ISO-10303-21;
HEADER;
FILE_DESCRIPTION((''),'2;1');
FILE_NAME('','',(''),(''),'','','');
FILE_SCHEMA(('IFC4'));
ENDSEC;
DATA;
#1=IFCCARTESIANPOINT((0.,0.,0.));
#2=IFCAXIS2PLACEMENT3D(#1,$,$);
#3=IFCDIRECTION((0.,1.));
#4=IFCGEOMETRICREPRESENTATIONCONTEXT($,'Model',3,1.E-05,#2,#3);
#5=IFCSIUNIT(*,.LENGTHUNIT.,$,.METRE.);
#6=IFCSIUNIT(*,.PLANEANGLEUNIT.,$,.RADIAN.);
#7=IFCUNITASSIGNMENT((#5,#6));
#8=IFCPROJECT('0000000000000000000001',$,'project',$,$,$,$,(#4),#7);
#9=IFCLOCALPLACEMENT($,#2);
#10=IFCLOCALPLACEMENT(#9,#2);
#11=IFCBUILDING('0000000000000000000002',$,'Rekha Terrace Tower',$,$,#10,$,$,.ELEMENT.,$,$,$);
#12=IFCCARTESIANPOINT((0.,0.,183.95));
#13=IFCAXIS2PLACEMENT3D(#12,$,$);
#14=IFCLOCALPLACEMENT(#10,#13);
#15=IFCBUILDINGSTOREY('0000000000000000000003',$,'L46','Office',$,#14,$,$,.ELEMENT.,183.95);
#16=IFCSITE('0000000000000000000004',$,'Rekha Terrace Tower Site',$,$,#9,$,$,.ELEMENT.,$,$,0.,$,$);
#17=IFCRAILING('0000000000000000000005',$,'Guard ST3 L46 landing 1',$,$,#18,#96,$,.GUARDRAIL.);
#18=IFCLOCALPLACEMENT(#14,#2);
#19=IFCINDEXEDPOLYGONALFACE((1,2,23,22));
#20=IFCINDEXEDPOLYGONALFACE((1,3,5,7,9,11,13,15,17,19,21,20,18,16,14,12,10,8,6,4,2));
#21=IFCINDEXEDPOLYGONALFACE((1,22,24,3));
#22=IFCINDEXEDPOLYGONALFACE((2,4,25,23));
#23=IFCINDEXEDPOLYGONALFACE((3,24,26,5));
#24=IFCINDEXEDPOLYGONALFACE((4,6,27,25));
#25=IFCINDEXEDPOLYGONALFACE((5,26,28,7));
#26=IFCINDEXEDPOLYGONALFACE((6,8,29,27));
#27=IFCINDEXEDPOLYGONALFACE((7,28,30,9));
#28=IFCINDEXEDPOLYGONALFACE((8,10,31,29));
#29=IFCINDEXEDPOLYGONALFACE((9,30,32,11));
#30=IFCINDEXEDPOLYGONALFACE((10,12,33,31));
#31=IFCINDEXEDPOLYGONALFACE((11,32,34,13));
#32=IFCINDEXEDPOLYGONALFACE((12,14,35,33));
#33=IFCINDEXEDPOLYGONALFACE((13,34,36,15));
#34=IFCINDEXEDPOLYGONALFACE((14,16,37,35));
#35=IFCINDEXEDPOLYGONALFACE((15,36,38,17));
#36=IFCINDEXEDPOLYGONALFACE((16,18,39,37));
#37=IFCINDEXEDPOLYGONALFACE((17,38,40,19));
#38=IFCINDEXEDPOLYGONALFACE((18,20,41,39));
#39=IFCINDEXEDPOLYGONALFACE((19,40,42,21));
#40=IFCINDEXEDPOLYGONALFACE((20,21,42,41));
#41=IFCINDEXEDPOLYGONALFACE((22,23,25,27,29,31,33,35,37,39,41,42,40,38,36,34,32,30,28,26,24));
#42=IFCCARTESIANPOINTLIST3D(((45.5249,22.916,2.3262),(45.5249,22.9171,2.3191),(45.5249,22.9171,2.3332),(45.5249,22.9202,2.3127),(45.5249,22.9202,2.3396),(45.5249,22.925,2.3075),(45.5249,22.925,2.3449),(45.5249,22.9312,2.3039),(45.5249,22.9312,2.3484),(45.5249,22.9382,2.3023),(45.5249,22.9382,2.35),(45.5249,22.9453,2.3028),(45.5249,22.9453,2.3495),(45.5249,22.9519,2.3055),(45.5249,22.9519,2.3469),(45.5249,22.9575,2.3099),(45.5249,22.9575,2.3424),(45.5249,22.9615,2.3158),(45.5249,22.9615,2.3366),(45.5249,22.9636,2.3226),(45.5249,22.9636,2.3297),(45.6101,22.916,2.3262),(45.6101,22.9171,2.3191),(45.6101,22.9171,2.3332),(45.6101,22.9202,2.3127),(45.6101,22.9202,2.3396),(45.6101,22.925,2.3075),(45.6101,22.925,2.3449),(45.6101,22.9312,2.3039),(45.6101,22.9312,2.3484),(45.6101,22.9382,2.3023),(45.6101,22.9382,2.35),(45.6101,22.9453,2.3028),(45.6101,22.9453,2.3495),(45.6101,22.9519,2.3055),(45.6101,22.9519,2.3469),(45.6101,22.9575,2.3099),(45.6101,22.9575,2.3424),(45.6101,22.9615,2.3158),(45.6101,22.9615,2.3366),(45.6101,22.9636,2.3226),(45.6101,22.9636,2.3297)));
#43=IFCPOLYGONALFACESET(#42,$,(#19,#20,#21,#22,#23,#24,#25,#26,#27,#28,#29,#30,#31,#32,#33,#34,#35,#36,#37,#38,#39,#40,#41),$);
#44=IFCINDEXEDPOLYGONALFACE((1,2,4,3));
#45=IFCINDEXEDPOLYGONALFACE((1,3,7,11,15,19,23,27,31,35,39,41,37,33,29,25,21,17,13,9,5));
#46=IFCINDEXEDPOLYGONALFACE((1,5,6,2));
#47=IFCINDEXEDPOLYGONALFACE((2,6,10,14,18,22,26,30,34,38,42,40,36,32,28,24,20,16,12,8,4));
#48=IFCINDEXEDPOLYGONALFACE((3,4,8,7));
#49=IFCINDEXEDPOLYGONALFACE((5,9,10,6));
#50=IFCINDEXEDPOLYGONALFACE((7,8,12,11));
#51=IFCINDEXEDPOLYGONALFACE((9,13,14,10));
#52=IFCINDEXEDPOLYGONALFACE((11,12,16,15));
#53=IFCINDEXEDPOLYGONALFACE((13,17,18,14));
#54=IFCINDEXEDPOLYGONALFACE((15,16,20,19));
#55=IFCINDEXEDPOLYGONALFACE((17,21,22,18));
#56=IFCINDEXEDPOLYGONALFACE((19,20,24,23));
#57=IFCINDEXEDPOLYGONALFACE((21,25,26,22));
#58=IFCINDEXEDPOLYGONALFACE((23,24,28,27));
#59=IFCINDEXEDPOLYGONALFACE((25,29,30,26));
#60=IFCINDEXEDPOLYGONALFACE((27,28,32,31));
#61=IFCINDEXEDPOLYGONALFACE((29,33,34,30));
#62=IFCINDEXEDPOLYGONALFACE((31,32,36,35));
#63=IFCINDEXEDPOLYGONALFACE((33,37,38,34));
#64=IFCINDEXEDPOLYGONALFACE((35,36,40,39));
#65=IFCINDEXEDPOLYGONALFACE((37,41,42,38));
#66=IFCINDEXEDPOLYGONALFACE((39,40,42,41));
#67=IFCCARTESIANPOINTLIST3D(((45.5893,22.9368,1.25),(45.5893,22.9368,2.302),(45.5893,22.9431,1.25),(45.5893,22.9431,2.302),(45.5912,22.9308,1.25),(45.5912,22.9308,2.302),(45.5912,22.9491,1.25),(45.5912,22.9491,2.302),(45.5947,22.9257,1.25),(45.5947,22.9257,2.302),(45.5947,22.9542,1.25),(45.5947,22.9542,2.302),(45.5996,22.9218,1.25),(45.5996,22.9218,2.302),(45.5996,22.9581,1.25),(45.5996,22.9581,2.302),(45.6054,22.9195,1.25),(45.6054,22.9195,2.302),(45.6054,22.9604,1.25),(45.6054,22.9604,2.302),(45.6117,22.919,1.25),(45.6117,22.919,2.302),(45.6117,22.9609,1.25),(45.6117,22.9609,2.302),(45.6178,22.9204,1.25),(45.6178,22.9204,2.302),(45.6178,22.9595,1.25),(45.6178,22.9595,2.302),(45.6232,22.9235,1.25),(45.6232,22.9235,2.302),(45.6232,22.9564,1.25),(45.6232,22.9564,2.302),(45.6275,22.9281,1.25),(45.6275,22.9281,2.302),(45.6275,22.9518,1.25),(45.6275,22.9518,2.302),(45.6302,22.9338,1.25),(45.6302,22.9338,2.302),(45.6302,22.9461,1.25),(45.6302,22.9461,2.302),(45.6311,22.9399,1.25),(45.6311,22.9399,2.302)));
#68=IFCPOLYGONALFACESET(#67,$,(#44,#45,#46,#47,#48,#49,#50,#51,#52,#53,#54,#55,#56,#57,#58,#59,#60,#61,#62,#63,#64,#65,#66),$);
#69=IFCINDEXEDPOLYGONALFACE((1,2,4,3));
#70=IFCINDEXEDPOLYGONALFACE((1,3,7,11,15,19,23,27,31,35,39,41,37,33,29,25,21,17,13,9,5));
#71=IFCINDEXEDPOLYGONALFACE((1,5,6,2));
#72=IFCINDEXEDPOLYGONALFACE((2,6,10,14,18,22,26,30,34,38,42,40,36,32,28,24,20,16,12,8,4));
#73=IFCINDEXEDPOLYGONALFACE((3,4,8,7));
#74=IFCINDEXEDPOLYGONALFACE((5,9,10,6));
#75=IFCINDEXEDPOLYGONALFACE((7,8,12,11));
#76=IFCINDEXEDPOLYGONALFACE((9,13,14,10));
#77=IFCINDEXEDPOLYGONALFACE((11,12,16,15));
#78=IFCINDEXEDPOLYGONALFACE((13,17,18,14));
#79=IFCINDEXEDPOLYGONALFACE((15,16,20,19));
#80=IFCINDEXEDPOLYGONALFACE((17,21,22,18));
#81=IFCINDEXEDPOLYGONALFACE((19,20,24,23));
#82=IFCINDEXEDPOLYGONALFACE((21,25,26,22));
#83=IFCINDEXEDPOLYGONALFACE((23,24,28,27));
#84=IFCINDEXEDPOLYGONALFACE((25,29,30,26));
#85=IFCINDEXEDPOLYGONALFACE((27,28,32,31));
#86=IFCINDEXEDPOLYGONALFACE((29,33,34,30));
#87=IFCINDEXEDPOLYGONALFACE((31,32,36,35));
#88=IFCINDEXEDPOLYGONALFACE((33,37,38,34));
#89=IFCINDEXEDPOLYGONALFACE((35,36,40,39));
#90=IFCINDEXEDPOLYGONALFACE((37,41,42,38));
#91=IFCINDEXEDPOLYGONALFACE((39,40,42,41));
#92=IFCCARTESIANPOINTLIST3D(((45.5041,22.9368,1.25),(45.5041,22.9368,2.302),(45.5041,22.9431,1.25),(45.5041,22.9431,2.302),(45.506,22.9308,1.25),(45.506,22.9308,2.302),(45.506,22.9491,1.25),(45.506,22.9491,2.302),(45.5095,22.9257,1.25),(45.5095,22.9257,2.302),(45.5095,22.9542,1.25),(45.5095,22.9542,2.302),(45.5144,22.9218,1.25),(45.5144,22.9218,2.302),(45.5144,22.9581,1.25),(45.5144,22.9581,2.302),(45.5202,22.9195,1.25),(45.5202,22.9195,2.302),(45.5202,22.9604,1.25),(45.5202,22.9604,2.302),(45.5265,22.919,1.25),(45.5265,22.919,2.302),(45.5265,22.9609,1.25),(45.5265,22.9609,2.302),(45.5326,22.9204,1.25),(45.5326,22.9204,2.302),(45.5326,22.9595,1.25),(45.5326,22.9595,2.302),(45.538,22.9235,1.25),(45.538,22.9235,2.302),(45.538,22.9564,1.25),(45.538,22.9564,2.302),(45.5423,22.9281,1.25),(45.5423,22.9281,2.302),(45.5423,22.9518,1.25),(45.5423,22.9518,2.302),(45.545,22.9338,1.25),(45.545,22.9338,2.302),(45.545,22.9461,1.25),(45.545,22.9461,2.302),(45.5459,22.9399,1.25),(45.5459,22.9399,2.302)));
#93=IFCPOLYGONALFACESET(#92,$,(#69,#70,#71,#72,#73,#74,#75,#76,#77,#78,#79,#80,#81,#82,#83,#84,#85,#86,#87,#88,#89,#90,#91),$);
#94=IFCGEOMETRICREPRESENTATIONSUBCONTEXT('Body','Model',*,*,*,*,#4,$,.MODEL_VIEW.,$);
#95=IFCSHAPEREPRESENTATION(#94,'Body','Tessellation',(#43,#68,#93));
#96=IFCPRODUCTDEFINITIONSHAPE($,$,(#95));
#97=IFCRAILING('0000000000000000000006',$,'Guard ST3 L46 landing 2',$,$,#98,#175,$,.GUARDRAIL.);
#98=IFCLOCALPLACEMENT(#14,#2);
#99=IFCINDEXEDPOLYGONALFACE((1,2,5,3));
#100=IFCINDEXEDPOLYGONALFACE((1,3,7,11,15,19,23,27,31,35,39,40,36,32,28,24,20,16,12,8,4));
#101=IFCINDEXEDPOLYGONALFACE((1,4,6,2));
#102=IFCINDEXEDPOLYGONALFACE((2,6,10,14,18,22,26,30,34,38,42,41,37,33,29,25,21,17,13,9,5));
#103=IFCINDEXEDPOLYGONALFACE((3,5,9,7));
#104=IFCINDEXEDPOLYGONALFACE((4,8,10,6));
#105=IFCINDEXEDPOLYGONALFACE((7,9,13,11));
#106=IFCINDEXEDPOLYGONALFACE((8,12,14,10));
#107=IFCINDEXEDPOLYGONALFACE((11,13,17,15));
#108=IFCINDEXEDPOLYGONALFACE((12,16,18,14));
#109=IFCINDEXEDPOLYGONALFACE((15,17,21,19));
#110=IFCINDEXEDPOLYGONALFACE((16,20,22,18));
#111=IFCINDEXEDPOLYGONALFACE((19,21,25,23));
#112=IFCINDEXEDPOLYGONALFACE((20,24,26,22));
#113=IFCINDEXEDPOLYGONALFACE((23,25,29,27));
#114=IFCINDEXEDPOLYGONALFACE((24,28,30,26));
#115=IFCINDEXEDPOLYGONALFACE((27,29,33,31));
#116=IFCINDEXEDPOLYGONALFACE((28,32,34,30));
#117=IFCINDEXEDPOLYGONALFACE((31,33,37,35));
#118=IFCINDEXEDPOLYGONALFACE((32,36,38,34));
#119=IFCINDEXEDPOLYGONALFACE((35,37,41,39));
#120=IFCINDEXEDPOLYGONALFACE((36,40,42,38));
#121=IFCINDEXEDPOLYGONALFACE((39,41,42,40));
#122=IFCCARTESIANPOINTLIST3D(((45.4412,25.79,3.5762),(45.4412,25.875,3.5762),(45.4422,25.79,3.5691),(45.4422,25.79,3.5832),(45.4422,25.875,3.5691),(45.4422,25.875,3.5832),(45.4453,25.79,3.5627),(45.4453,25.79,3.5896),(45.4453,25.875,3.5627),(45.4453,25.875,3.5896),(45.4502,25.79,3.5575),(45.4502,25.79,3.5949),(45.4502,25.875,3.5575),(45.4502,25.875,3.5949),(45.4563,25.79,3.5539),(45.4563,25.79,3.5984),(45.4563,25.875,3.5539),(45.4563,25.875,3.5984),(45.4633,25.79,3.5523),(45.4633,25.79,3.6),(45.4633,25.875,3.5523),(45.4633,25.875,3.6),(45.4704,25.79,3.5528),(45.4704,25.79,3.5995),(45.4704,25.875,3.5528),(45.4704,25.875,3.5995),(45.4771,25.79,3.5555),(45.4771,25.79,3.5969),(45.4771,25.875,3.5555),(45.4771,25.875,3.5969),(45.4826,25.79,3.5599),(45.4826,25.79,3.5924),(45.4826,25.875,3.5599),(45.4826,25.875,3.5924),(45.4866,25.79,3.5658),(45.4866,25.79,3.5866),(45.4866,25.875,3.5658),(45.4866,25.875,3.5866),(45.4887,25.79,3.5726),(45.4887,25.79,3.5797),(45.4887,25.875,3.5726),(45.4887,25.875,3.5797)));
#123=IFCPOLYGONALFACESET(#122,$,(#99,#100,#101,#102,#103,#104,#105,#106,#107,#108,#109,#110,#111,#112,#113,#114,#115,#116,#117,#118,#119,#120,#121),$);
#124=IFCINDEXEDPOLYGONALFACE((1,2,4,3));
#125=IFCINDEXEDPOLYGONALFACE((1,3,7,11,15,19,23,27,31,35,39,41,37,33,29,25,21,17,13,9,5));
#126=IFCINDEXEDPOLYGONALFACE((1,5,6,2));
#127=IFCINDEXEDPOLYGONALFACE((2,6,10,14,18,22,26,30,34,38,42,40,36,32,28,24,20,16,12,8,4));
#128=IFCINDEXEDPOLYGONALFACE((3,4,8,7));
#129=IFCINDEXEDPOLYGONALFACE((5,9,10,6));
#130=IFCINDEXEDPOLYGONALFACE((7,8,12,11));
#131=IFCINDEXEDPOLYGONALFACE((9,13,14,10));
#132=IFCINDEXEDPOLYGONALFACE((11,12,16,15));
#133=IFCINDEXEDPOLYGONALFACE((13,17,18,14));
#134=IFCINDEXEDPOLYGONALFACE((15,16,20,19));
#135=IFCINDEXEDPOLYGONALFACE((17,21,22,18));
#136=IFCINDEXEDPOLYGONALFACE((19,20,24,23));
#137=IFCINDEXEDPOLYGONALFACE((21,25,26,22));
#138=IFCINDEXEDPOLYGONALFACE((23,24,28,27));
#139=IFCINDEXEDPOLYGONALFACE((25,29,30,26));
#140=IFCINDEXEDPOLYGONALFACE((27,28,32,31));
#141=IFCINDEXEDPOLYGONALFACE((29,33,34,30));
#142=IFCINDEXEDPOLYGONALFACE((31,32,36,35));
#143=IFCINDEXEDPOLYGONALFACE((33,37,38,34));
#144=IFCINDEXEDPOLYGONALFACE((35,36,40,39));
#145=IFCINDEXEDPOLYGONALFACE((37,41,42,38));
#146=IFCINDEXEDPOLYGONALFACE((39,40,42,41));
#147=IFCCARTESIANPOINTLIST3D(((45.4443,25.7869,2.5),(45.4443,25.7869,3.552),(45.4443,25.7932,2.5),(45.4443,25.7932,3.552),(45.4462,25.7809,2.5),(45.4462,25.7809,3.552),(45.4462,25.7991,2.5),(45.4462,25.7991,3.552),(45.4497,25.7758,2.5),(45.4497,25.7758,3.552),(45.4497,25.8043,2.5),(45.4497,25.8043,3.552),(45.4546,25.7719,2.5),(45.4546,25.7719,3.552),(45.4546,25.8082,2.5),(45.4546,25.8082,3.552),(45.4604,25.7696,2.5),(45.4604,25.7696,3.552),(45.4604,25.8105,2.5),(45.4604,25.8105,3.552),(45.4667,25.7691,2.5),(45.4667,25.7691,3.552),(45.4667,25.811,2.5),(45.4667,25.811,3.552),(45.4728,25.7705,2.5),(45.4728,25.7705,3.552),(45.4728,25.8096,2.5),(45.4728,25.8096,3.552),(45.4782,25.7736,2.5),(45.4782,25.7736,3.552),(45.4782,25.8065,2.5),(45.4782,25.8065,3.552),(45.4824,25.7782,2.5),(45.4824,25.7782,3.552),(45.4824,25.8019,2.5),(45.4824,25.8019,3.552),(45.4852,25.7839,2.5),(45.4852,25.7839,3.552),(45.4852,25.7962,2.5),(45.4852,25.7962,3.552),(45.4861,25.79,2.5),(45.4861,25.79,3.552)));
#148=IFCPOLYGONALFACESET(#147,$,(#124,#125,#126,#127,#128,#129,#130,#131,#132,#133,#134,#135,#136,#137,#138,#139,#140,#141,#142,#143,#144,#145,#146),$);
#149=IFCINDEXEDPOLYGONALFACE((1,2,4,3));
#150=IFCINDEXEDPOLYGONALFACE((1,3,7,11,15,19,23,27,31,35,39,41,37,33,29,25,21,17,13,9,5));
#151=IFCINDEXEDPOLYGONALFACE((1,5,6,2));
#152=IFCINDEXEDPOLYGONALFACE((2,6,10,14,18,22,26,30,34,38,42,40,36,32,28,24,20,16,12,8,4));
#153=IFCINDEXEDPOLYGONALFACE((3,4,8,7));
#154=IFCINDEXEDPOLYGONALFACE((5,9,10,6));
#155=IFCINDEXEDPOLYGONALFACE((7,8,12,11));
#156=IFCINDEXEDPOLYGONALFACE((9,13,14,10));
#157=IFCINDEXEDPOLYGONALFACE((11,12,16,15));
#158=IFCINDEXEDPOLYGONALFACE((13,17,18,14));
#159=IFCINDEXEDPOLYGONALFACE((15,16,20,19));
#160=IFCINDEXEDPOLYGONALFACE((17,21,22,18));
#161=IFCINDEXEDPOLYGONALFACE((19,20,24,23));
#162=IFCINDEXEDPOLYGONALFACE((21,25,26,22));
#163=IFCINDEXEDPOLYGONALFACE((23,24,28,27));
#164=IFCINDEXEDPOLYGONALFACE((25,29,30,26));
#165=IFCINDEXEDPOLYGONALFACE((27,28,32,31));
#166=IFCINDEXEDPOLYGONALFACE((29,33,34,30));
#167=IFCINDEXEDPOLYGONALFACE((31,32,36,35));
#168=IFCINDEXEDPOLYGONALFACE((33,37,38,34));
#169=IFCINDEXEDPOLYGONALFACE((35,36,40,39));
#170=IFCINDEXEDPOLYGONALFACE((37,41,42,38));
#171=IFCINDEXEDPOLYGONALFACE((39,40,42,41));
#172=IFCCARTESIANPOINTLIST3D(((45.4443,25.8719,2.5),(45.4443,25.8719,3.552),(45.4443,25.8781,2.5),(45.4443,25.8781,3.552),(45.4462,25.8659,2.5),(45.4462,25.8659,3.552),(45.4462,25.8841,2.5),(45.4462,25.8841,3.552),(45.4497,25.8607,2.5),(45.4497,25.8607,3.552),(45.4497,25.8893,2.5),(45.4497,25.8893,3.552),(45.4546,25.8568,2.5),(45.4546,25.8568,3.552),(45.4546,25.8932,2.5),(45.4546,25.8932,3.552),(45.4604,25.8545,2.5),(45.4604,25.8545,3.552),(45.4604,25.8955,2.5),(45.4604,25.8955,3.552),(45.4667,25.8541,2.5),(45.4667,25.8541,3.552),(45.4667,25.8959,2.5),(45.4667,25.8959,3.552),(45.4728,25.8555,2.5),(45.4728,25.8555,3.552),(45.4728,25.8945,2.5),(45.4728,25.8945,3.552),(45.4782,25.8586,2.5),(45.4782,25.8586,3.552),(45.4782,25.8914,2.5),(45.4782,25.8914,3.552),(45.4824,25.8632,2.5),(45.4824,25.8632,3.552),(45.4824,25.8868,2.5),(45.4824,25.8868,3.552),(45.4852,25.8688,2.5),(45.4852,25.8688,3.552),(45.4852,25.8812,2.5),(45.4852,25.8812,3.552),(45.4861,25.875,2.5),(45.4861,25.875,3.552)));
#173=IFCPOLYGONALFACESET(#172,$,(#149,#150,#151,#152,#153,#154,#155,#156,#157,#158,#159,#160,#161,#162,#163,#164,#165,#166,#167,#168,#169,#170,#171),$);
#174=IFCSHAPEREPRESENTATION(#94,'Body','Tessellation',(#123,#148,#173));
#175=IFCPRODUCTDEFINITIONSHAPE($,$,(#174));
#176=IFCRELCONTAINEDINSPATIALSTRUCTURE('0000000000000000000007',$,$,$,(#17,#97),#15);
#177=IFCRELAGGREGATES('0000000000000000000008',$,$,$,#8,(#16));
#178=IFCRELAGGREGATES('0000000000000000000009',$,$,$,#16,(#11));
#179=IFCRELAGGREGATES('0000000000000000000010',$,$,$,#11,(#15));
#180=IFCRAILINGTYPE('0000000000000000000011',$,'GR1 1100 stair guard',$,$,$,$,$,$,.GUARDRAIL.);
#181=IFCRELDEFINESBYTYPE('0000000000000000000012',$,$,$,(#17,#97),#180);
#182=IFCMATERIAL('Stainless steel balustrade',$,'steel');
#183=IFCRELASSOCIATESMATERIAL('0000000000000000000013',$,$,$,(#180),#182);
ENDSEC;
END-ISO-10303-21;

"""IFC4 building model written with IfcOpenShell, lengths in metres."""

from ifc_helpers import new_model, si_unit, direction, frame, origin, origin_2d, place, context, subcontext, project, spatial, circle, extrude, material, type_object, element, save


model = new_model("IFC4")

# Units and contexts
model_context = context("Model", 3, precision=1e-05, world=origin(), true_north=direction((0.0, 1.0)))
body_context = subcontext(model_context, "Body", "Model", "MODEL_VIEW")
ifc_project = project(units=[si_unit("LENGTHUNIT", "METRE"), si_unit("PLANEANGLEUNIT", "RADIAN")], contexts=[model_context])

# Site, building, storey
site_placement = place(None, origin())
site = spatial("IfcSite", under=ifc_project, at=site_placement, Name="Rekha Terrace Tower Site", CompositionType="ELEMENT", RefElevation=0.0)
building_placement = place(site_placement, origin())
building = spatial("IfcBuilding", under=site, at=building_placement, Name="Rekha Terrace Tower", CompositionType="ELEMENT")
storey_placement = place(building_placement, frame((0.0, 0.0, 183.95)))
storey = spatial("IfcBuildingStorey", under=building, at=storey_placement, Name="L46", Description="Office", CompositionType="ELEMENT", Elevation=183.95)

# Railings
ifc_material_1 = material(Name="Stainless steel balustrade", Category="steel")
railing_type_1 = type_object("IfcRailingType", Name="GR1 1100 stair guard", PredefinedType="GUARDRAIL", material=ifc_material_1)
railing_1_placement = place(storey_placement, frame((45.6101, 22.9399, 1.25)))
element("IfcRailing", 1, at=railing_1_placement, inside=storey, type_object=railing_type_1, Name="Guard ST3 L46 landing 1", PredefinedType="GUARDRAIL", context=body_context, shape_type="SweptSolid", body=[
    extrude(circle(Radius=0.0239, at=origin_2d()), frame((0.0, 0.0, 1.0762), z_axis=(-1.0, 0.0, 0.0), x_axis=(0.0, -1.0, 0.0)), (0.0, 0.0, 1.0), 0.0852),
    extrude(circle(Radius=0.021, at=origin_2d()), origin(), (0.0, 0.0, 1.0), 1.052),
    extrude(circle(Radius=0.021, at=origin_2d()), frame((-0.0852, 0.0, 0.0)), (0.0, 0.0, 1.0), 1.052),
])
railing_2_placement = place(storey_placement, frame((45.4651, 25.79, 2.5)))
element("IfcRailing", 2, at=railing_2_placement, inside=storey, type_object=railing_type_1, Name="Guard ST3 L46 landing 2", PredefinedType="GUARDRAIL", context=body_context, shape_type="SweptSolid", body=[
    extrude(circle(Radius=0.0239, at=origin_2d()), frame((0.0, 0.0, 1.0762), z_axis=(0.0, 1.0, 0.0), x_axis=(-1.0, 0.0, 0.0)), (0.0, 0.0, 1.0), 0.085),
    extrude(circle(Radius=0.021, at=origin_2d()), origin(), (0.0, 0.0, 1.0), 1.052),
    extrude(circle(Radius=0.021, at=origin_2d()), frame((0.0, 0.085, 0.0)), (0.0, 0.0, 1.0), 1.052),
])

save(model, "model.ifc")
